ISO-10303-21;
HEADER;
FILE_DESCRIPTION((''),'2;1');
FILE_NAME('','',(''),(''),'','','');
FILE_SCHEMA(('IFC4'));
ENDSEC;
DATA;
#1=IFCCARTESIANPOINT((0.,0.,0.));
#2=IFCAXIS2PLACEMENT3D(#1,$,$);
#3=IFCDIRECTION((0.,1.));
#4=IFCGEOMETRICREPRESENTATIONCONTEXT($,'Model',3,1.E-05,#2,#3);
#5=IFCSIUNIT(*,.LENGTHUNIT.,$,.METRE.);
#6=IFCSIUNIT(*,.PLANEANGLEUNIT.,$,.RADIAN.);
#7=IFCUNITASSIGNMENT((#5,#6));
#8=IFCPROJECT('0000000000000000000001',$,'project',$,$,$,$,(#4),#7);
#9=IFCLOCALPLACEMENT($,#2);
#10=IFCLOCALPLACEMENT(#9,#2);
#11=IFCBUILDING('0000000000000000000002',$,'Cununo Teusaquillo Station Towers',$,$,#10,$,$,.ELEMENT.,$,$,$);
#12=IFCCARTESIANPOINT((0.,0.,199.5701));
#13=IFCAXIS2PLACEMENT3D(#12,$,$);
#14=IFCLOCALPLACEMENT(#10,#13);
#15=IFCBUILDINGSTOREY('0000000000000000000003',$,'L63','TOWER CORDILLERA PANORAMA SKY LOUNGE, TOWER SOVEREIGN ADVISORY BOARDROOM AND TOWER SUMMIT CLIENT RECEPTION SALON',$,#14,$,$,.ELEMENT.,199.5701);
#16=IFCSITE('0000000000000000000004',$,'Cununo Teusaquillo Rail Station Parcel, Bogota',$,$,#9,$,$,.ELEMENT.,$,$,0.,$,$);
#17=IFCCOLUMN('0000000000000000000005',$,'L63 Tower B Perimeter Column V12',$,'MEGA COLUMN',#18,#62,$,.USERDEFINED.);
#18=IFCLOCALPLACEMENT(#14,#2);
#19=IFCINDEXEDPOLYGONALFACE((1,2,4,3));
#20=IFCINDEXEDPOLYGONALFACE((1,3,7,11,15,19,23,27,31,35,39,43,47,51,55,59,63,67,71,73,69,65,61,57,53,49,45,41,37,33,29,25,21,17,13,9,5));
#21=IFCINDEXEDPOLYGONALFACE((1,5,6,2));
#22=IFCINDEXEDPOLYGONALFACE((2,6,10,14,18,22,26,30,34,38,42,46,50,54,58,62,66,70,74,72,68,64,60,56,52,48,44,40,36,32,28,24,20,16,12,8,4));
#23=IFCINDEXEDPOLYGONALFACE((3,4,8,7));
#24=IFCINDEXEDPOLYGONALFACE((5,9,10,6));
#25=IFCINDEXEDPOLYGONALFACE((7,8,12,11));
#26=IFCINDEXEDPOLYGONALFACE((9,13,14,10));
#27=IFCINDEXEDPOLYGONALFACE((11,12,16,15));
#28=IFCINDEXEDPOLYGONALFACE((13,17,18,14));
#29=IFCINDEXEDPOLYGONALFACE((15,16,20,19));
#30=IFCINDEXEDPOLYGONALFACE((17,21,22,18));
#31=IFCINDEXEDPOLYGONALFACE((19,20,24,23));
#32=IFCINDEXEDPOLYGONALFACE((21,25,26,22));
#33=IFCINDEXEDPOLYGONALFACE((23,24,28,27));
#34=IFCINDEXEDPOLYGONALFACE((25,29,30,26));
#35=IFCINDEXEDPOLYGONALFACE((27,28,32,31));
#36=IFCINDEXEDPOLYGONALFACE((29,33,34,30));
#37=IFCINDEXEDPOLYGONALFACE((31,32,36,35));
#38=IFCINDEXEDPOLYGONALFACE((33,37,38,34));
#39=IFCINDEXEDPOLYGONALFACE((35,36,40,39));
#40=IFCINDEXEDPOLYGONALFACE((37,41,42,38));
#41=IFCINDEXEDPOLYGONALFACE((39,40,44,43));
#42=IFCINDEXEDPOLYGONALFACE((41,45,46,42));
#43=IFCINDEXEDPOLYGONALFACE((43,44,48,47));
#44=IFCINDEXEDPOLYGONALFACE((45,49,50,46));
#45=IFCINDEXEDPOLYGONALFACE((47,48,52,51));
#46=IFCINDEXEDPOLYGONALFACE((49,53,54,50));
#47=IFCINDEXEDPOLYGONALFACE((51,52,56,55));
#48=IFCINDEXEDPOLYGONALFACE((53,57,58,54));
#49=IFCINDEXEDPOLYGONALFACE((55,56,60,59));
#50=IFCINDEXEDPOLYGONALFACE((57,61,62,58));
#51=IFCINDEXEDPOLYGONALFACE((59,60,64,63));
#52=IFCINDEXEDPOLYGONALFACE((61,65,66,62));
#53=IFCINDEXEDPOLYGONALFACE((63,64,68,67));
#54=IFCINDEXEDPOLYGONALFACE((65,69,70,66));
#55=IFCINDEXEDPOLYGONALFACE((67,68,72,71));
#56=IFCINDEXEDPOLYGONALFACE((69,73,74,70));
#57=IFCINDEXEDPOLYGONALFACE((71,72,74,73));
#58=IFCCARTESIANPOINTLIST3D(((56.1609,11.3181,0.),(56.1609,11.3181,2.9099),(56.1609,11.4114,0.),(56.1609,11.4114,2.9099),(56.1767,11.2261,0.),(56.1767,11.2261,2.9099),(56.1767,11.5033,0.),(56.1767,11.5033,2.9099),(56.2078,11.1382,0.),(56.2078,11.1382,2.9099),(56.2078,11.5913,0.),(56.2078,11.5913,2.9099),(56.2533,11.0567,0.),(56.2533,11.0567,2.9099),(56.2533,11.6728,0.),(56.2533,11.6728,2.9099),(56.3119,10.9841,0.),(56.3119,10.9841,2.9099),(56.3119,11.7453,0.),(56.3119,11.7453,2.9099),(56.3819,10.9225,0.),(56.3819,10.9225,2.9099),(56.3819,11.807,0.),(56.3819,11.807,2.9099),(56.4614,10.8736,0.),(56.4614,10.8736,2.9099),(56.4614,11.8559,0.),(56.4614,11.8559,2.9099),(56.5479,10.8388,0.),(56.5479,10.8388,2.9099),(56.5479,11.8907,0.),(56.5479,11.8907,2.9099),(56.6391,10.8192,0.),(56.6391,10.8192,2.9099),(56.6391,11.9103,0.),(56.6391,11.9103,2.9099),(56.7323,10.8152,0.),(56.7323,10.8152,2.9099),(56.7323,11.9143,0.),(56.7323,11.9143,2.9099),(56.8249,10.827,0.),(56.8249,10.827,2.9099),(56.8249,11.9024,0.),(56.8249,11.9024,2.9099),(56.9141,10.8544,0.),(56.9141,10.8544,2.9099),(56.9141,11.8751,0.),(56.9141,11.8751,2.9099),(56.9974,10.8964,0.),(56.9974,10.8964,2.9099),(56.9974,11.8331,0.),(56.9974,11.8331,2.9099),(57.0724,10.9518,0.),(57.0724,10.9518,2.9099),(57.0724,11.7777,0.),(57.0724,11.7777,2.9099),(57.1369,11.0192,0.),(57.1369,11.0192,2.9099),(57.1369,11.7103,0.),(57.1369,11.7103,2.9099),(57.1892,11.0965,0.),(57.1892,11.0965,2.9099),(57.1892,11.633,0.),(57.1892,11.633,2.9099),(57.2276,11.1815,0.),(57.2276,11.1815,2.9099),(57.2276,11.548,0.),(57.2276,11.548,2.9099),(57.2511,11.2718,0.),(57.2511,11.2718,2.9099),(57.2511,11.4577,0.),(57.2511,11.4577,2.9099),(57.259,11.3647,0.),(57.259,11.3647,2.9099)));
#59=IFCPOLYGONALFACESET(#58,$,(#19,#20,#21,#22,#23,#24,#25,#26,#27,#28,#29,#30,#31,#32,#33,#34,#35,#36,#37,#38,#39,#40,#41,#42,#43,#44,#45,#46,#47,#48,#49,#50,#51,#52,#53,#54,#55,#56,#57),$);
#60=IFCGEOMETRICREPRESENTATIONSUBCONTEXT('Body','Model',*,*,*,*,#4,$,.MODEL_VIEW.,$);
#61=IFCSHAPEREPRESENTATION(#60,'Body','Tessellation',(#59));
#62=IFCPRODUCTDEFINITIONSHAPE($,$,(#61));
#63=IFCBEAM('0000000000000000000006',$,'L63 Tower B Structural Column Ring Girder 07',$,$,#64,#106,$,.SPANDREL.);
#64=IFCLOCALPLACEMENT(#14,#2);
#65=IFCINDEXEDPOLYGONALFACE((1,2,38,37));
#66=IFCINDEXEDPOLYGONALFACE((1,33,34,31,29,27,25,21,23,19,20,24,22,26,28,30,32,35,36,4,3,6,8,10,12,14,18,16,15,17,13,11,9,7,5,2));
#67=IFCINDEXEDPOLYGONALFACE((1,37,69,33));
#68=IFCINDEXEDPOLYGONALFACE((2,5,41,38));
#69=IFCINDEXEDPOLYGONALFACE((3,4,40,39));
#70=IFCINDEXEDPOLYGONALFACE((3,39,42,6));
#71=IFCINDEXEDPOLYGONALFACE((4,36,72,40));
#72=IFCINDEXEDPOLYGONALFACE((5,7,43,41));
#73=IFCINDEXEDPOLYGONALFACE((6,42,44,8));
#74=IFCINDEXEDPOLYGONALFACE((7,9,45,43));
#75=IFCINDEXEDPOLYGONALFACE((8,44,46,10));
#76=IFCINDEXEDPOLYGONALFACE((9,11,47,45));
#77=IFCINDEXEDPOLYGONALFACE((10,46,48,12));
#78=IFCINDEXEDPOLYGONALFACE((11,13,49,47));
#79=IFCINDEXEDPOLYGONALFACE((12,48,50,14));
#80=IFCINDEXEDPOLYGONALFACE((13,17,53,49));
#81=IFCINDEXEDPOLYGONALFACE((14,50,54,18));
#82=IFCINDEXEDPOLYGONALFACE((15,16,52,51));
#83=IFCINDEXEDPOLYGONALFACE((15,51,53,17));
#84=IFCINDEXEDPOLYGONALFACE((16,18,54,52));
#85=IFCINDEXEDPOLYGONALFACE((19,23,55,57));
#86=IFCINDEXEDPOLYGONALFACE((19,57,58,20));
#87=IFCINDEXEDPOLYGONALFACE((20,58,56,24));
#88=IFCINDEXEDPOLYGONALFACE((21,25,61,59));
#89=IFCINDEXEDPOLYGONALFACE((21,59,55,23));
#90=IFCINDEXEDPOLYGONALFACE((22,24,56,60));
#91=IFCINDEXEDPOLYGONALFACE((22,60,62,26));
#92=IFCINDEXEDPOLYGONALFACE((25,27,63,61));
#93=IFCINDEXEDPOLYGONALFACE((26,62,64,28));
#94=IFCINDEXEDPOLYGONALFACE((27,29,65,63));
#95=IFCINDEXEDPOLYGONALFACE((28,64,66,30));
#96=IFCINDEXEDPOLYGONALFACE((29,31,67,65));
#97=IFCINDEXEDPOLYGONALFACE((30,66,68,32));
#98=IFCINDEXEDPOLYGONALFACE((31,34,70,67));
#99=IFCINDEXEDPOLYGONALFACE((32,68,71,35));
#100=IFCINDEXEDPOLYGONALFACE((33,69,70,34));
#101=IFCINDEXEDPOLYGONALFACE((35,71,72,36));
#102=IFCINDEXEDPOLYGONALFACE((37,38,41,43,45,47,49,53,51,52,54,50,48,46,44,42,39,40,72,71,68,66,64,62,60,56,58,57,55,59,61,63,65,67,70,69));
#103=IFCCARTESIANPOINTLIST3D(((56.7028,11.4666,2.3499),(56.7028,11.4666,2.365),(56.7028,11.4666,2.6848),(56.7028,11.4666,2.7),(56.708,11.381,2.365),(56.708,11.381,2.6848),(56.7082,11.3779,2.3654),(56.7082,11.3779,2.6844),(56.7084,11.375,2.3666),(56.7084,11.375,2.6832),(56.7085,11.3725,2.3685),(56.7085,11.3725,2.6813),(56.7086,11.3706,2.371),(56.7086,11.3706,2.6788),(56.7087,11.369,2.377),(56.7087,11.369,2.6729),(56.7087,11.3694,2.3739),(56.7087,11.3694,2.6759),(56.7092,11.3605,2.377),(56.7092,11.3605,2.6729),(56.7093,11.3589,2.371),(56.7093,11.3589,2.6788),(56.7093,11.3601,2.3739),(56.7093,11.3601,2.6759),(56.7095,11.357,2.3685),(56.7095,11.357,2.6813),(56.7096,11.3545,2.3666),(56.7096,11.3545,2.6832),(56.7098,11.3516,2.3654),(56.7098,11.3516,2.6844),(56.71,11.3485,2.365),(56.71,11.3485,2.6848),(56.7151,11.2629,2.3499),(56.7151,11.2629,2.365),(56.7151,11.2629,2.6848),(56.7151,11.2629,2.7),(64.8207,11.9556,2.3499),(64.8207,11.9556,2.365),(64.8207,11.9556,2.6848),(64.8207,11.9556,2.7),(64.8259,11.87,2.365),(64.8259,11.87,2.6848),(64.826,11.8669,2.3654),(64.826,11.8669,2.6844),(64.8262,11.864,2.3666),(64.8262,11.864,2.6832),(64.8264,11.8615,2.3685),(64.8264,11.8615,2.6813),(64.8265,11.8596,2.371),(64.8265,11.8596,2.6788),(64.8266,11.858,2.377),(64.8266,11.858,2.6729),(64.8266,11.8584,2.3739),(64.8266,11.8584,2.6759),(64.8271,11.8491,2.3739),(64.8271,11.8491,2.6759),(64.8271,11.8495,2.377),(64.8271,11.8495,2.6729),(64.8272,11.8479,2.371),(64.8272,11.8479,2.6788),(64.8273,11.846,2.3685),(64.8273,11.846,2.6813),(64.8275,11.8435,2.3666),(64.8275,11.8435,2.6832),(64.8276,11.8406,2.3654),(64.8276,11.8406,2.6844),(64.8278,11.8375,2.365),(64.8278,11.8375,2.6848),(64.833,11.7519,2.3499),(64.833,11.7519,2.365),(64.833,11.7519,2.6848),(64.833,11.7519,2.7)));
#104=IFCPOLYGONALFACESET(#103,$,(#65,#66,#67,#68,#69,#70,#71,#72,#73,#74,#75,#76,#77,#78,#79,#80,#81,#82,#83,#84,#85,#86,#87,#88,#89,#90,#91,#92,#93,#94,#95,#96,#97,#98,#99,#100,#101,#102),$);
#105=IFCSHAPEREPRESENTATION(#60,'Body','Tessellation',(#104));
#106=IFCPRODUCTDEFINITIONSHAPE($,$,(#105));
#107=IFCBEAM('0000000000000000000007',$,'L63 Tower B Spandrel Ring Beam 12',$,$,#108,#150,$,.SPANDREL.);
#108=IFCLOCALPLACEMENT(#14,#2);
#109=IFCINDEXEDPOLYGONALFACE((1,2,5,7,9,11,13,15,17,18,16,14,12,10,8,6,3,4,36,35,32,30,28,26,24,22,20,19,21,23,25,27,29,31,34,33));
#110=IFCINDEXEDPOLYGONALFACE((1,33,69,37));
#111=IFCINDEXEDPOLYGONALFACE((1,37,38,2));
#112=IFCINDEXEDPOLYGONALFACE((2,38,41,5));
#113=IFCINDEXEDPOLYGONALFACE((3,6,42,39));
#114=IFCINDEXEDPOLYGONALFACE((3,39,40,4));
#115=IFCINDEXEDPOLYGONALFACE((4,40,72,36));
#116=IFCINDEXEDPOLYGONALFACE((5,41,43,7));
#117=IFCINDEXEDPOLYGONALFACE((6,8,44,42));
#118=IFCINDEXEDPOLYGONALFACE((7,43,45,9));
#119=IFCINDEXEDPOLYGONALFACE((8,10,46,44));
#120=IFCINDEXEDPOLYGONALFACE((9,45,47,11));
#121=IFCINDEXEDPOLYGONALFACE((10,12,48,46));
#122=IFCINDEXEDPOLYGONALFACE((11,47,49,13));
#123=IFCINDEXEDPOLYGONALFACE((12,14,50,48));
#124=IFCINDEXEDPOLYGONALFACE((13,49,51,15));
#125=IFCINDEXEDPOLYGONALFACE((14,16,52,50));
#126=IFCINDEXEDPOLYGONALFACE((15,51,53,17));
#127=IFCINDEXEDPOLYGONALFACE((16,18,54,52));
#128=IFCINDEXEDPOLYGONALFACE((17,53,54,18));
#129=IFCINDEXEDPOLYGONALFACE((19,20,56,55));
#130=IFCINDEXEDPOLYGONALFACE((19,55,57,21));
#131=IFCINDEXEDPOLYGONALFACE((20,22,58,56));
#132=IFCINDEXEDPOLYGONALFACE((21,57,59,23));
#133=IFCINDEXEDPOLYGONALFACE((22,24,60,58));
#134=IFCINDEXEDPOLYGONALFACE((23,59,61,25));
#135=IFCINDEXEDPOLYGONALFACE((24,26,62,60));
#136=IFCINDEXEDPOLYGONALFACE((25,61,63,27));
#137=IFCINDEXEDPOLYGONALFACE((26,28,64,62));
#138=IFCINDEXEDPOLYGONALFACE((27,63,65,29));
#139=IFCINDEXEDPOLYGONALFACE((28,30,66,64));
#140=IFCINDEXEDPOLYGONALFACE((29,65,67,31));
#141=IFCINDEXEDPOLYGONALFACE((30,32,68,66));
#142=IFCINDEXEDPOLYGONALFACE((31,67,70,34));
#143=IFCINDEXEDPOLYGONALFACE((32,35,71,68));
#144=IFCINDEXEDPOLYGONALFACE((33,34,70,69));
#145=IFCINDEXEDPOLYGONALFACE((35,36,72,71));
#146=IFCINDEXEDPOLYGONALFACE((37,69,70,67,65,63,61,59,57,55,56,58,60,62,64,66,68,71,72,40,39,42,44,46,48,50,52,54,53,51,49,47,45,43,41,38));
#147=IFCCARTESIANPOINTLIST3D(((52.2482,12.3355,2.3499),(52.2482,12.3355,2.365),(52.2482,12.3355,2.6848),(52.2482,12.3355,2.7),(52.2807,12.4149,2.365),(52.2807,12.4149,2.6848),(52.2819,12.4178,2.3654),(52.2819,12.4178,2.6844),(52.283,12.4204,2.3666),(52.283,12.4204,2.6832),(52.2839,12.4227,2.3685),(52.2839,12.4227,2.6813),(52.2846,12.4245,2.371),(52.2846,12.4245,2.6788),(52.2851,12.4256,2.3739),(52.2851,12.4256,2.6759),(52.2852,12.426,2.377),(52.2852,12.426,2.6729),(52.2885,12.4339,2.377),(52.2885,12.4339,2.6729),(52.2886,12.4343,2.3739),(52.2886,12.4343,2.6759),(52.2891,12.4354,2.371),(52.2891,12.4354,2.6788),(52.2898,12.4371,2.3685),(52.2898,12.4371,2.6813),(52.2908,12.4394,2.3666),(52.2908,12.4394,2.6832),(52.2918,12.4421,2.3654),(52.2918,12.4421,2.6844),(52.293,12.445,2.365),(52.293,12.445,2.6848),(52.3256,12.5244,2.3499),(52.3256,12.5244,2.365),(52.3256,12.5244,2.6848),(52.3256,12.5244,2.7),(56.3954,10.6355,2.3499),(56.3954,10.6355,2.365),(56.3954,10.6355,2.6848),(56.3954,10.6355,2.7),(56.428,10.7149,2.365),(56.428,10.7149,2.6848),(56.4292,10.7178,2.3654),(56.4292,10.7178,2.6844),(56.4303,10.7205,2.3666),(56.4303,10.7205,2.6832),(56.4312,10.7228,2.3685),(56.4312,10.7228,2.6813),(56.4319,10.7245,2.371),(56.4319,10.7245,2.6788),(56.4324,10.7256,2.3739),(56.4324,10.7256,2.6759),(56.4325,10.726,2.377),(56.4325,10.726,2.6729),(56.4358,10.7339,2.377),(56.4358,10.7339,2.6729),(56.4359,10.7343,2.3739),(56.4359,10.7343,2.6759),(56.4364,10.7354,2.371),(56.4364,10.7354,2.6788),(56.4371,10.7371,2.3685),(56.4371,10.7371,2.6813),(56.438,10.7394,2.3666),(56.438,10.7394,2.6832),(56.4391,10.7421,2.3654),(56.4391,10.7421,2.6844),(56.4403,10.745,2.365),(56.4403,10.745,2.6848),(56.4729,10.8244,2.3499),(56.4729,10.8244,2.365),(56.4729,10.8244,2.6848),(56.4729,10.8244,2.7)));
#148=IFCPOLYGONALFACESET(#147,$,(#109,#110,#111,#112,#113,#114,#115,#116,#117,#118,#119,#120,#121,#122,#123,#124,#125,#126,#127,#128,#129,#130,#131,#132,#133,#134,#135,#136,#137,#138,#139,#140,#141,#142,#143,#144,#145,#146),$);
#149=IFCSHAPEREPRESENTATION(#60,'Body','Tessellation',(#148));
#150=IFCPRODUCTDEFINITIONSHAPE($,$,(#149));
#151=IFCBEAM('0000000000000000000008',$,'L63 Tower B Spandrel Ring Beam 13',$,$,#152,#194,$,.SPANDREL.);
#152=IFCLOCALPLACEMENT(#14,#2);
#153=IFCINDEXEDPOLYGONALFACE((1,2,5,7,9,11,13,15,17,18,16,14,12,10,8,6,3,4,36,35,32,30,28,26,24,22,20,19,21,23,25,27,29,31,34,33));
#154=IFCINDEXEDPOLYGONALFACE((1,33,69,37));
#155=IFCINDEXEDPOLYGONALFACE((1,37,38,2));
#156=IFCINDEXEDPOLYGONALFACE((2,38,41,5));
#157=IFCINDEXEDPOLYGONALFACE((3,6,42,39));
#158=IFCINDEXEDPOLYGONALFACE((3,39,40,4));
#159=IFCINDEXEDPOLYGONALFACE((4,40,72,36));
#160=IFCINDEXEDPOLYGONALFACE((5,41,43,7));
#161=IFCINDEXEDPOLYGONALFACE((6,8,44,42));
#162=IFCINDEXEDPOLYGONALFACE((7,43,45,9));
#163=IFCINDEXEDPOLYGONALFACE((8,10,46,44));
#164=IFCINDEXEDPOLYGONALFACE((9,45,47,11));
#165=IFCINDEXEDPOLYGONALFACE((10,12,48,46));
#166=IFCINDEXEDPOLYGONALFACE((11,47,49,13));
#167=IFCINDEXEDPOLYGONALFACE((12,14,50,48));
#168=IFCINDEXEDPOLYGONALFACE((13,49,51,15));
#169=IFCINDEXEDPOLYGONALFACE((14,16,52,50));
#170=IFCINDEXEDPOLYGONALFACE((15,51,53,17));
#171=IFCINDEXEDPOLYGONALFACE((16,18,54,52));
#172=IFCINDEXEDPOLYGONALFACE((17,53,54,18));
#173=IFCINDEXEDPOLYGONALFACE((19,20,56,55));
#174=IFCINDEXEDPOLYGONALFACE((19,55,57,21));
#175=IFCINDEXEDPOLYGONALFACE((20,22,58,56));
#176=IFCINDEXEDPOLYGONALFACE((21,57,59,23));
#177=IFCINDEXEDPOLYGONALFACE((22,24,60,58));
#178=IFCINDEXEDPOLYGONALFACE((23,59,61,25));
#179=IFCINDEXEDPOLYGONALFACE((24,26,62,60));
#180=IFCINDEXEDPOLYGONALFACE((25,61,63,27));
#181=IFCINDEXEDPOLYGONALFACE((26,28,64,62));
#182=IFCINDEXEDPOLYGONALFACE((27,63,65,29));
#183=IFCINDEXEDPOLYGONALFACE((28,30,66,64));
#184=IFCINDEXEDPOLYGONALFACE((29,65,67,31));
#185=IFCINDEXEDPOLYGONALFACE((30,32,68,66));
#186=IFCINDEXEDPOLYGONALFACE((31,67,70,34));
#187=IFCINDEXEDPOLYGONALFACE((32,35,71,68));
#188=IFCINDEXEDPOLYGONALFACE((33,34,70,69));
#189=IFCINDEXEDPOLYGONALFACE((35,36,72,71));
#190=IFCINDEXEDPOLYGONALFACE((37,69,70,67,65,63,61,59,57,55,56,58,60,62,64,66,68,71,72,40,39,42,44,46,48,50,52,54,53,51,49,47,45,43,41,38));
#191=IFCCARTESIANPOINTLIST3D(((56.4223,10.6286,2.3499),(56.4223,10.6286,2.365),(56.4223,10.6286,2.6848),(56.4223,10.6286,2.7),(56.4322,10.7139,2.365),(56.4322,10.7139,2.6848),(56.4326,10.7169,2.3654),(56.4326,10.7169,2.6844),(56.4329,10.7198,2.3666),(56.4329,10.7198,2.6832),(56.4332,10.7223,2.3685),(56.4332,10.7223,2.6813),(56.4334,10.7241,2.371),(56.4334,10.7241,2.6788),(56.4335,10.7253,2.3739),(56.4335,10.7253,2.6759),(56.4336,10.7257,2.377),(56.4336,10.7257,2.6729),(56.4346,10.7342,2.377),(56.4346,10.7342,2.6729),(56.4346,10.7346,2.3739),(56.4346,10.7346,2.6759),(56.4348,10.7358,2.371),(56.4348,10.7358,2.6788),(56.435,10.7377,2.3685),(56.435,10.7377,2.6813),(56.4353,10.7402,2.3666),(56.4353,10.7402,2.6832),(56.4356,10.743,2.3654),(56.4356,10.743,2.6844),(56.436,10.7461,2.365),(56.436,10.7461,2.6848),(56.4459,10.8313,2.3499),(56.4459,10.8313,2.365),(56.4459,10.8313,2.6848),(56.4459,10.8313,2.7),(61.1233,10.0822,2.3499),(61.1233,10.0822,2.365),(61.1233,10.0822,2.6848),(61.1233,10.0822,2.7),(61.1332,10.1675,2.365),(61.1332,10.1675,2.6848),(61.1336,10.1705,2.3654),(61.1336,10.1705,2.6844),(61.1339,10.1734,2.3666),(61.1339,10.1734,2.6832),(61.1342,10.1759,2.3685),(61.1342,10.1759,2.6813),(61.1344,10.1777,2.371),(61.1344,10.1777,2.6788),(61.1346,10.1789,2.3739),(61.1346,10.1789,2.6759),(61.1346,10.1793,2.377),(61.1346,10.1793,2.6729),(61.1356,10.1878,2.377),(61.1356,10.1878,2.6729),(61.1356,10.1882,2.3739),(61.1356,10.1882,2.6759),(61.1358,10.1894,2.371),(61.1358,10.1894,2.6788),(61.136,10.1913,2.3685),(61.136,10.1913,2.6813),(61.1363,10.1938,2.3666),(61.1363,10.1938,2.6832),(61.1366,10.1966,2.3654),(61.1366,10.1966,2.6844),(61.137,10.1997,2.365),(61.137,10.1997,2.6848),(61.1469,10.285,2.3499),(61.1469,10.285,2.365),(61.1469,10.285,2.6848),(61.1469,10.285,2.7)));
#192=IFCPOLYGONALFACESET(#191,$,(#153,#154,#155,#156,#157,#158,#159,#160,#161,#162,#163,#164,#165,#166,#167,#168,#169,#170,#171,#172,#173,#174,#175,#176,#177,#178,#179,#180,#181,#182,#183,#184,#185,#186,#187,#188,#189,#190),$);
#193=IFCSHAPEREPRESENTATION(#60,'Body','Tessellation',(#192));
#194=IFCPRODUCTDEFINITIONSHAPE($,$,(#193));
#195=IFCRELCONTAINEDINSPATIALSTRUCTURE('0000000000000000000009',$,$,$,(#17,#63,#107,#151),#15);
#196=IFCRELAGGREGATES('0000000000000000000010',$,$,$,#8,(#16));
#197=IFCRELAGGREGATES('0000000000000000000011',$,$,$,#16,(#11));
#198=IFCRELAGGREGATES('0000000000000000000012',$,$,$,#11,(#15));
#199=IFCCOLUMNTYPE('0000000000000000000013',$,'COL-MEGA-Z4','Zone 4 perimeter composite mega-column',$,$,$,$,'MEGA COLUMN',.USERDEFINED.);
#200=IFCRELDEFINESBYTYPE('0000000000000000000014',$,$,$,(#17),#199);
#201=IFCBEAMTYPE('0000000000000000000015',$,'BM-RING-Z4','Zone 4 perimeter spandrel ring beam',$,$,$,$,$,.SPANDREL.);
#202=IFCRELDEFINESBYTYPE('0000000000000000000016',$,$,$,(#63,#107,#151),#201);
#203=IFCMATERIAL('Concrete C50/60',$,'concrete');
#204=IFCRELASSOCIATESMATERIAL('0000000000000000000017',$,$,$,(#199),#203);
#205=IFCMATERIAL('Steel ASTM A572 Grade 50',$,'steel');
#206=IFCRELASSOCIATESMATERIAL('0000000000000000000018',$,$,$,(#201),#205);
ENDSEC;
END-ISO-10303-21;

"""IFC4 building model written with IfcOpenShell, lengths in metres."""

from ifc_helpers import new_model, si_unit, direction, frame, origin, origin_2d, place, context, subcontext, project, spatial, circle, i_section, extrude, material, material_profile, profile_set, type_object, element, save


model = new_model("IFC4")

# Units and contexts
model_context = context("Model", 3, precision=1e-05, world=origin(), true_north=direction((0.0, 1.0)))
body_context = subcontext(model_context, "Body", "Model", "MODEL_VIEW")
ifc_project = project(units=[si_unit("LENGTHUNIT", "METRE"), si_unit("PLANEANGLEUNIT", "RADIAN")], contexts=[model_context])

# Site, building, storey
site_placement = place(None, origin())
site = spatial("IfcSite", under=ifc_project, at=site_placement, Name="Cununo Teusaquillo Rail Station Parcel, Bogota", CompositionType="ELEMENT", RefElevation=0.0)
building_placement = place(site_placement, origin())
building = spatial("IfcBuilding", under=site, at=building_placement, Name="Cununo Teusaquillo Station Towers", CompositionType="ELEMENT")
storey_placement = place(building_placement, frame((0.0, 0.0, 199.5701)))
storey = spatial("IfcBuildingStorey", under=building, at=storey_placement, Name="L63", Description="TOWER CORDILLERA PANORAMA SKY LOUNGE, TOWER SOVEREIGN ADVISORY BOARDROOM AND TOWER SUMMIT CLIENT RECEPTION SALON", CompositionType="ELEMENT", Elevation=199.5701)

# Column
ifc_material_1 = material(Name="Concrete C50/60", Category="concrete")
ifc_material_profile_1 = material_profile(ifc_material_1, circle(Radius=0.55, at=origin_2d()), Name="RC-CIRC-1100")
ifc_profile_set_1 = profile_set([ifc_material_profile_1], Name="Concrete C50/60")
column_type = type_object("IfcColumnType", Name="COL-MEGA-Z4", Description="Zone 4 perimeter composite mega-column", ElementType="MEGA COLUMN", PredefinedType="USERDEFINED", material=ifc_profile_set_1)
column_placement = place(storey_placement, frame((56.709, 11.3647, 0.0), z_axis=(0.0, 0.0, 1.0), x_axis=(1.0, 0.0, 0.0)))
element("IfcColumn", 1, at=column_placement, inside=storey, type_object=column_type, Name="L63 Tower B Perimeter Column V12", ObjectType="MEGA COLUMN", PredefinedType="USERDEFINED", context=body_context, shape_type="SweptSolid", body=[
    extrude(circle(Radius=0.55, at=origin_2d()), origin(), (0.0, 0.0, 1.0), 2.9099),
])

# Beams
ifc_material_2 = material(Name="Steel ASTM A572 Grade 50", Category="steel")
ifc_material_profile_2 = material_profile(ifc_material_2, i_section(OverallWidth=0.2041, OverallDepth=0.3501, WebThickness=0.0085, FlangeThickness=0.0151, FilletRadius=0.012, at=origin_2d()), Name="W14X48")
ifc_profile_set_2 = profile_set([ifc_material_profile_2], Name="Steel ASTM A572 Grade 50")
beam_type = type_object("IfcBeamType", Name="BM-RING-Z4", Description="Zone 4 perimeter spandrel ring beam", PredefinedType="SPANDREL", material=ifc_profile_set_2)
beam_1_placement = place(storey_placement, frame((56.709, 11.3647, 2.5249), z_axis=(0.998191, 0.06013, 0.0), x_axis=(-0.06013, 0.998191, 0.0)))
element("IfcBeam", 2, at=beam_1_placement, inside=storey, type_object=beam_type, Name="L63 Tower B Structural Column Ring Girder 07", PredefinedType="SPANDREL", context=body_context, shape_type="SweptSolid", body=[
    extrude(i_section(OverallWidth=0.2041, OverallDepth=0.3501, WebThickness=0.0085, FlangeThickness=0.0151, FilletRadius=0.012, at=origin_2d()), origin(), (0.0, 0.0, 1.0), 8.1326),
])
beam_2_placement = place(storey_placement, frame((52.2869, 12.4299, 2.5249), z_axis=(0.925284, -0.379275, 0.0), x_axis=(0.379275, 0.925284, 0.0)))
element("IfcBeam", 3, at=beam_2_placement, inside=storey, type_object=beam_type, Name="L63 Tower B Spandrel Ring Beam 12", PredefinedType="SPANDREL", context=body_context, shape_type="SweptSolid", body=[
    extrude(i_section(OverallWidth=0.2041, OverallDepth=0.3501, WebThickness=0.0085, FlangeThickness=0.0151, FilletRadius=0.012, at=origin_2d()), origin(), (0.0, 0.0, 1.0), 4.4822),
])
beam_3_placement = place(storey_placement, frame((56.4341, 10.73, 2.5249), z_axis=(0.993313, -0.115452, 0.0), x_axis=(0.115452, 0.993313, 0.0)))
element("IfcBeam", 4, at=beam_3_placement, inside=storey, type_object=beam_type, Name="L63 Tower B Spandrel Ring Beam 13", PredefinedType="SPANDREL", context=body_context, shape_type="SweptSolid", body=[
    extrude(i_section(OverallWidth=0.2041, OverallDepth=0.3501, WebThickness=0.0085, FlangeThickness=0.0151, FilletRadius=0.012, at=origin_2d()), origin(), (0.0, 0.0, 1.0), 4.7327),
])

save(model, "model.ifc")
